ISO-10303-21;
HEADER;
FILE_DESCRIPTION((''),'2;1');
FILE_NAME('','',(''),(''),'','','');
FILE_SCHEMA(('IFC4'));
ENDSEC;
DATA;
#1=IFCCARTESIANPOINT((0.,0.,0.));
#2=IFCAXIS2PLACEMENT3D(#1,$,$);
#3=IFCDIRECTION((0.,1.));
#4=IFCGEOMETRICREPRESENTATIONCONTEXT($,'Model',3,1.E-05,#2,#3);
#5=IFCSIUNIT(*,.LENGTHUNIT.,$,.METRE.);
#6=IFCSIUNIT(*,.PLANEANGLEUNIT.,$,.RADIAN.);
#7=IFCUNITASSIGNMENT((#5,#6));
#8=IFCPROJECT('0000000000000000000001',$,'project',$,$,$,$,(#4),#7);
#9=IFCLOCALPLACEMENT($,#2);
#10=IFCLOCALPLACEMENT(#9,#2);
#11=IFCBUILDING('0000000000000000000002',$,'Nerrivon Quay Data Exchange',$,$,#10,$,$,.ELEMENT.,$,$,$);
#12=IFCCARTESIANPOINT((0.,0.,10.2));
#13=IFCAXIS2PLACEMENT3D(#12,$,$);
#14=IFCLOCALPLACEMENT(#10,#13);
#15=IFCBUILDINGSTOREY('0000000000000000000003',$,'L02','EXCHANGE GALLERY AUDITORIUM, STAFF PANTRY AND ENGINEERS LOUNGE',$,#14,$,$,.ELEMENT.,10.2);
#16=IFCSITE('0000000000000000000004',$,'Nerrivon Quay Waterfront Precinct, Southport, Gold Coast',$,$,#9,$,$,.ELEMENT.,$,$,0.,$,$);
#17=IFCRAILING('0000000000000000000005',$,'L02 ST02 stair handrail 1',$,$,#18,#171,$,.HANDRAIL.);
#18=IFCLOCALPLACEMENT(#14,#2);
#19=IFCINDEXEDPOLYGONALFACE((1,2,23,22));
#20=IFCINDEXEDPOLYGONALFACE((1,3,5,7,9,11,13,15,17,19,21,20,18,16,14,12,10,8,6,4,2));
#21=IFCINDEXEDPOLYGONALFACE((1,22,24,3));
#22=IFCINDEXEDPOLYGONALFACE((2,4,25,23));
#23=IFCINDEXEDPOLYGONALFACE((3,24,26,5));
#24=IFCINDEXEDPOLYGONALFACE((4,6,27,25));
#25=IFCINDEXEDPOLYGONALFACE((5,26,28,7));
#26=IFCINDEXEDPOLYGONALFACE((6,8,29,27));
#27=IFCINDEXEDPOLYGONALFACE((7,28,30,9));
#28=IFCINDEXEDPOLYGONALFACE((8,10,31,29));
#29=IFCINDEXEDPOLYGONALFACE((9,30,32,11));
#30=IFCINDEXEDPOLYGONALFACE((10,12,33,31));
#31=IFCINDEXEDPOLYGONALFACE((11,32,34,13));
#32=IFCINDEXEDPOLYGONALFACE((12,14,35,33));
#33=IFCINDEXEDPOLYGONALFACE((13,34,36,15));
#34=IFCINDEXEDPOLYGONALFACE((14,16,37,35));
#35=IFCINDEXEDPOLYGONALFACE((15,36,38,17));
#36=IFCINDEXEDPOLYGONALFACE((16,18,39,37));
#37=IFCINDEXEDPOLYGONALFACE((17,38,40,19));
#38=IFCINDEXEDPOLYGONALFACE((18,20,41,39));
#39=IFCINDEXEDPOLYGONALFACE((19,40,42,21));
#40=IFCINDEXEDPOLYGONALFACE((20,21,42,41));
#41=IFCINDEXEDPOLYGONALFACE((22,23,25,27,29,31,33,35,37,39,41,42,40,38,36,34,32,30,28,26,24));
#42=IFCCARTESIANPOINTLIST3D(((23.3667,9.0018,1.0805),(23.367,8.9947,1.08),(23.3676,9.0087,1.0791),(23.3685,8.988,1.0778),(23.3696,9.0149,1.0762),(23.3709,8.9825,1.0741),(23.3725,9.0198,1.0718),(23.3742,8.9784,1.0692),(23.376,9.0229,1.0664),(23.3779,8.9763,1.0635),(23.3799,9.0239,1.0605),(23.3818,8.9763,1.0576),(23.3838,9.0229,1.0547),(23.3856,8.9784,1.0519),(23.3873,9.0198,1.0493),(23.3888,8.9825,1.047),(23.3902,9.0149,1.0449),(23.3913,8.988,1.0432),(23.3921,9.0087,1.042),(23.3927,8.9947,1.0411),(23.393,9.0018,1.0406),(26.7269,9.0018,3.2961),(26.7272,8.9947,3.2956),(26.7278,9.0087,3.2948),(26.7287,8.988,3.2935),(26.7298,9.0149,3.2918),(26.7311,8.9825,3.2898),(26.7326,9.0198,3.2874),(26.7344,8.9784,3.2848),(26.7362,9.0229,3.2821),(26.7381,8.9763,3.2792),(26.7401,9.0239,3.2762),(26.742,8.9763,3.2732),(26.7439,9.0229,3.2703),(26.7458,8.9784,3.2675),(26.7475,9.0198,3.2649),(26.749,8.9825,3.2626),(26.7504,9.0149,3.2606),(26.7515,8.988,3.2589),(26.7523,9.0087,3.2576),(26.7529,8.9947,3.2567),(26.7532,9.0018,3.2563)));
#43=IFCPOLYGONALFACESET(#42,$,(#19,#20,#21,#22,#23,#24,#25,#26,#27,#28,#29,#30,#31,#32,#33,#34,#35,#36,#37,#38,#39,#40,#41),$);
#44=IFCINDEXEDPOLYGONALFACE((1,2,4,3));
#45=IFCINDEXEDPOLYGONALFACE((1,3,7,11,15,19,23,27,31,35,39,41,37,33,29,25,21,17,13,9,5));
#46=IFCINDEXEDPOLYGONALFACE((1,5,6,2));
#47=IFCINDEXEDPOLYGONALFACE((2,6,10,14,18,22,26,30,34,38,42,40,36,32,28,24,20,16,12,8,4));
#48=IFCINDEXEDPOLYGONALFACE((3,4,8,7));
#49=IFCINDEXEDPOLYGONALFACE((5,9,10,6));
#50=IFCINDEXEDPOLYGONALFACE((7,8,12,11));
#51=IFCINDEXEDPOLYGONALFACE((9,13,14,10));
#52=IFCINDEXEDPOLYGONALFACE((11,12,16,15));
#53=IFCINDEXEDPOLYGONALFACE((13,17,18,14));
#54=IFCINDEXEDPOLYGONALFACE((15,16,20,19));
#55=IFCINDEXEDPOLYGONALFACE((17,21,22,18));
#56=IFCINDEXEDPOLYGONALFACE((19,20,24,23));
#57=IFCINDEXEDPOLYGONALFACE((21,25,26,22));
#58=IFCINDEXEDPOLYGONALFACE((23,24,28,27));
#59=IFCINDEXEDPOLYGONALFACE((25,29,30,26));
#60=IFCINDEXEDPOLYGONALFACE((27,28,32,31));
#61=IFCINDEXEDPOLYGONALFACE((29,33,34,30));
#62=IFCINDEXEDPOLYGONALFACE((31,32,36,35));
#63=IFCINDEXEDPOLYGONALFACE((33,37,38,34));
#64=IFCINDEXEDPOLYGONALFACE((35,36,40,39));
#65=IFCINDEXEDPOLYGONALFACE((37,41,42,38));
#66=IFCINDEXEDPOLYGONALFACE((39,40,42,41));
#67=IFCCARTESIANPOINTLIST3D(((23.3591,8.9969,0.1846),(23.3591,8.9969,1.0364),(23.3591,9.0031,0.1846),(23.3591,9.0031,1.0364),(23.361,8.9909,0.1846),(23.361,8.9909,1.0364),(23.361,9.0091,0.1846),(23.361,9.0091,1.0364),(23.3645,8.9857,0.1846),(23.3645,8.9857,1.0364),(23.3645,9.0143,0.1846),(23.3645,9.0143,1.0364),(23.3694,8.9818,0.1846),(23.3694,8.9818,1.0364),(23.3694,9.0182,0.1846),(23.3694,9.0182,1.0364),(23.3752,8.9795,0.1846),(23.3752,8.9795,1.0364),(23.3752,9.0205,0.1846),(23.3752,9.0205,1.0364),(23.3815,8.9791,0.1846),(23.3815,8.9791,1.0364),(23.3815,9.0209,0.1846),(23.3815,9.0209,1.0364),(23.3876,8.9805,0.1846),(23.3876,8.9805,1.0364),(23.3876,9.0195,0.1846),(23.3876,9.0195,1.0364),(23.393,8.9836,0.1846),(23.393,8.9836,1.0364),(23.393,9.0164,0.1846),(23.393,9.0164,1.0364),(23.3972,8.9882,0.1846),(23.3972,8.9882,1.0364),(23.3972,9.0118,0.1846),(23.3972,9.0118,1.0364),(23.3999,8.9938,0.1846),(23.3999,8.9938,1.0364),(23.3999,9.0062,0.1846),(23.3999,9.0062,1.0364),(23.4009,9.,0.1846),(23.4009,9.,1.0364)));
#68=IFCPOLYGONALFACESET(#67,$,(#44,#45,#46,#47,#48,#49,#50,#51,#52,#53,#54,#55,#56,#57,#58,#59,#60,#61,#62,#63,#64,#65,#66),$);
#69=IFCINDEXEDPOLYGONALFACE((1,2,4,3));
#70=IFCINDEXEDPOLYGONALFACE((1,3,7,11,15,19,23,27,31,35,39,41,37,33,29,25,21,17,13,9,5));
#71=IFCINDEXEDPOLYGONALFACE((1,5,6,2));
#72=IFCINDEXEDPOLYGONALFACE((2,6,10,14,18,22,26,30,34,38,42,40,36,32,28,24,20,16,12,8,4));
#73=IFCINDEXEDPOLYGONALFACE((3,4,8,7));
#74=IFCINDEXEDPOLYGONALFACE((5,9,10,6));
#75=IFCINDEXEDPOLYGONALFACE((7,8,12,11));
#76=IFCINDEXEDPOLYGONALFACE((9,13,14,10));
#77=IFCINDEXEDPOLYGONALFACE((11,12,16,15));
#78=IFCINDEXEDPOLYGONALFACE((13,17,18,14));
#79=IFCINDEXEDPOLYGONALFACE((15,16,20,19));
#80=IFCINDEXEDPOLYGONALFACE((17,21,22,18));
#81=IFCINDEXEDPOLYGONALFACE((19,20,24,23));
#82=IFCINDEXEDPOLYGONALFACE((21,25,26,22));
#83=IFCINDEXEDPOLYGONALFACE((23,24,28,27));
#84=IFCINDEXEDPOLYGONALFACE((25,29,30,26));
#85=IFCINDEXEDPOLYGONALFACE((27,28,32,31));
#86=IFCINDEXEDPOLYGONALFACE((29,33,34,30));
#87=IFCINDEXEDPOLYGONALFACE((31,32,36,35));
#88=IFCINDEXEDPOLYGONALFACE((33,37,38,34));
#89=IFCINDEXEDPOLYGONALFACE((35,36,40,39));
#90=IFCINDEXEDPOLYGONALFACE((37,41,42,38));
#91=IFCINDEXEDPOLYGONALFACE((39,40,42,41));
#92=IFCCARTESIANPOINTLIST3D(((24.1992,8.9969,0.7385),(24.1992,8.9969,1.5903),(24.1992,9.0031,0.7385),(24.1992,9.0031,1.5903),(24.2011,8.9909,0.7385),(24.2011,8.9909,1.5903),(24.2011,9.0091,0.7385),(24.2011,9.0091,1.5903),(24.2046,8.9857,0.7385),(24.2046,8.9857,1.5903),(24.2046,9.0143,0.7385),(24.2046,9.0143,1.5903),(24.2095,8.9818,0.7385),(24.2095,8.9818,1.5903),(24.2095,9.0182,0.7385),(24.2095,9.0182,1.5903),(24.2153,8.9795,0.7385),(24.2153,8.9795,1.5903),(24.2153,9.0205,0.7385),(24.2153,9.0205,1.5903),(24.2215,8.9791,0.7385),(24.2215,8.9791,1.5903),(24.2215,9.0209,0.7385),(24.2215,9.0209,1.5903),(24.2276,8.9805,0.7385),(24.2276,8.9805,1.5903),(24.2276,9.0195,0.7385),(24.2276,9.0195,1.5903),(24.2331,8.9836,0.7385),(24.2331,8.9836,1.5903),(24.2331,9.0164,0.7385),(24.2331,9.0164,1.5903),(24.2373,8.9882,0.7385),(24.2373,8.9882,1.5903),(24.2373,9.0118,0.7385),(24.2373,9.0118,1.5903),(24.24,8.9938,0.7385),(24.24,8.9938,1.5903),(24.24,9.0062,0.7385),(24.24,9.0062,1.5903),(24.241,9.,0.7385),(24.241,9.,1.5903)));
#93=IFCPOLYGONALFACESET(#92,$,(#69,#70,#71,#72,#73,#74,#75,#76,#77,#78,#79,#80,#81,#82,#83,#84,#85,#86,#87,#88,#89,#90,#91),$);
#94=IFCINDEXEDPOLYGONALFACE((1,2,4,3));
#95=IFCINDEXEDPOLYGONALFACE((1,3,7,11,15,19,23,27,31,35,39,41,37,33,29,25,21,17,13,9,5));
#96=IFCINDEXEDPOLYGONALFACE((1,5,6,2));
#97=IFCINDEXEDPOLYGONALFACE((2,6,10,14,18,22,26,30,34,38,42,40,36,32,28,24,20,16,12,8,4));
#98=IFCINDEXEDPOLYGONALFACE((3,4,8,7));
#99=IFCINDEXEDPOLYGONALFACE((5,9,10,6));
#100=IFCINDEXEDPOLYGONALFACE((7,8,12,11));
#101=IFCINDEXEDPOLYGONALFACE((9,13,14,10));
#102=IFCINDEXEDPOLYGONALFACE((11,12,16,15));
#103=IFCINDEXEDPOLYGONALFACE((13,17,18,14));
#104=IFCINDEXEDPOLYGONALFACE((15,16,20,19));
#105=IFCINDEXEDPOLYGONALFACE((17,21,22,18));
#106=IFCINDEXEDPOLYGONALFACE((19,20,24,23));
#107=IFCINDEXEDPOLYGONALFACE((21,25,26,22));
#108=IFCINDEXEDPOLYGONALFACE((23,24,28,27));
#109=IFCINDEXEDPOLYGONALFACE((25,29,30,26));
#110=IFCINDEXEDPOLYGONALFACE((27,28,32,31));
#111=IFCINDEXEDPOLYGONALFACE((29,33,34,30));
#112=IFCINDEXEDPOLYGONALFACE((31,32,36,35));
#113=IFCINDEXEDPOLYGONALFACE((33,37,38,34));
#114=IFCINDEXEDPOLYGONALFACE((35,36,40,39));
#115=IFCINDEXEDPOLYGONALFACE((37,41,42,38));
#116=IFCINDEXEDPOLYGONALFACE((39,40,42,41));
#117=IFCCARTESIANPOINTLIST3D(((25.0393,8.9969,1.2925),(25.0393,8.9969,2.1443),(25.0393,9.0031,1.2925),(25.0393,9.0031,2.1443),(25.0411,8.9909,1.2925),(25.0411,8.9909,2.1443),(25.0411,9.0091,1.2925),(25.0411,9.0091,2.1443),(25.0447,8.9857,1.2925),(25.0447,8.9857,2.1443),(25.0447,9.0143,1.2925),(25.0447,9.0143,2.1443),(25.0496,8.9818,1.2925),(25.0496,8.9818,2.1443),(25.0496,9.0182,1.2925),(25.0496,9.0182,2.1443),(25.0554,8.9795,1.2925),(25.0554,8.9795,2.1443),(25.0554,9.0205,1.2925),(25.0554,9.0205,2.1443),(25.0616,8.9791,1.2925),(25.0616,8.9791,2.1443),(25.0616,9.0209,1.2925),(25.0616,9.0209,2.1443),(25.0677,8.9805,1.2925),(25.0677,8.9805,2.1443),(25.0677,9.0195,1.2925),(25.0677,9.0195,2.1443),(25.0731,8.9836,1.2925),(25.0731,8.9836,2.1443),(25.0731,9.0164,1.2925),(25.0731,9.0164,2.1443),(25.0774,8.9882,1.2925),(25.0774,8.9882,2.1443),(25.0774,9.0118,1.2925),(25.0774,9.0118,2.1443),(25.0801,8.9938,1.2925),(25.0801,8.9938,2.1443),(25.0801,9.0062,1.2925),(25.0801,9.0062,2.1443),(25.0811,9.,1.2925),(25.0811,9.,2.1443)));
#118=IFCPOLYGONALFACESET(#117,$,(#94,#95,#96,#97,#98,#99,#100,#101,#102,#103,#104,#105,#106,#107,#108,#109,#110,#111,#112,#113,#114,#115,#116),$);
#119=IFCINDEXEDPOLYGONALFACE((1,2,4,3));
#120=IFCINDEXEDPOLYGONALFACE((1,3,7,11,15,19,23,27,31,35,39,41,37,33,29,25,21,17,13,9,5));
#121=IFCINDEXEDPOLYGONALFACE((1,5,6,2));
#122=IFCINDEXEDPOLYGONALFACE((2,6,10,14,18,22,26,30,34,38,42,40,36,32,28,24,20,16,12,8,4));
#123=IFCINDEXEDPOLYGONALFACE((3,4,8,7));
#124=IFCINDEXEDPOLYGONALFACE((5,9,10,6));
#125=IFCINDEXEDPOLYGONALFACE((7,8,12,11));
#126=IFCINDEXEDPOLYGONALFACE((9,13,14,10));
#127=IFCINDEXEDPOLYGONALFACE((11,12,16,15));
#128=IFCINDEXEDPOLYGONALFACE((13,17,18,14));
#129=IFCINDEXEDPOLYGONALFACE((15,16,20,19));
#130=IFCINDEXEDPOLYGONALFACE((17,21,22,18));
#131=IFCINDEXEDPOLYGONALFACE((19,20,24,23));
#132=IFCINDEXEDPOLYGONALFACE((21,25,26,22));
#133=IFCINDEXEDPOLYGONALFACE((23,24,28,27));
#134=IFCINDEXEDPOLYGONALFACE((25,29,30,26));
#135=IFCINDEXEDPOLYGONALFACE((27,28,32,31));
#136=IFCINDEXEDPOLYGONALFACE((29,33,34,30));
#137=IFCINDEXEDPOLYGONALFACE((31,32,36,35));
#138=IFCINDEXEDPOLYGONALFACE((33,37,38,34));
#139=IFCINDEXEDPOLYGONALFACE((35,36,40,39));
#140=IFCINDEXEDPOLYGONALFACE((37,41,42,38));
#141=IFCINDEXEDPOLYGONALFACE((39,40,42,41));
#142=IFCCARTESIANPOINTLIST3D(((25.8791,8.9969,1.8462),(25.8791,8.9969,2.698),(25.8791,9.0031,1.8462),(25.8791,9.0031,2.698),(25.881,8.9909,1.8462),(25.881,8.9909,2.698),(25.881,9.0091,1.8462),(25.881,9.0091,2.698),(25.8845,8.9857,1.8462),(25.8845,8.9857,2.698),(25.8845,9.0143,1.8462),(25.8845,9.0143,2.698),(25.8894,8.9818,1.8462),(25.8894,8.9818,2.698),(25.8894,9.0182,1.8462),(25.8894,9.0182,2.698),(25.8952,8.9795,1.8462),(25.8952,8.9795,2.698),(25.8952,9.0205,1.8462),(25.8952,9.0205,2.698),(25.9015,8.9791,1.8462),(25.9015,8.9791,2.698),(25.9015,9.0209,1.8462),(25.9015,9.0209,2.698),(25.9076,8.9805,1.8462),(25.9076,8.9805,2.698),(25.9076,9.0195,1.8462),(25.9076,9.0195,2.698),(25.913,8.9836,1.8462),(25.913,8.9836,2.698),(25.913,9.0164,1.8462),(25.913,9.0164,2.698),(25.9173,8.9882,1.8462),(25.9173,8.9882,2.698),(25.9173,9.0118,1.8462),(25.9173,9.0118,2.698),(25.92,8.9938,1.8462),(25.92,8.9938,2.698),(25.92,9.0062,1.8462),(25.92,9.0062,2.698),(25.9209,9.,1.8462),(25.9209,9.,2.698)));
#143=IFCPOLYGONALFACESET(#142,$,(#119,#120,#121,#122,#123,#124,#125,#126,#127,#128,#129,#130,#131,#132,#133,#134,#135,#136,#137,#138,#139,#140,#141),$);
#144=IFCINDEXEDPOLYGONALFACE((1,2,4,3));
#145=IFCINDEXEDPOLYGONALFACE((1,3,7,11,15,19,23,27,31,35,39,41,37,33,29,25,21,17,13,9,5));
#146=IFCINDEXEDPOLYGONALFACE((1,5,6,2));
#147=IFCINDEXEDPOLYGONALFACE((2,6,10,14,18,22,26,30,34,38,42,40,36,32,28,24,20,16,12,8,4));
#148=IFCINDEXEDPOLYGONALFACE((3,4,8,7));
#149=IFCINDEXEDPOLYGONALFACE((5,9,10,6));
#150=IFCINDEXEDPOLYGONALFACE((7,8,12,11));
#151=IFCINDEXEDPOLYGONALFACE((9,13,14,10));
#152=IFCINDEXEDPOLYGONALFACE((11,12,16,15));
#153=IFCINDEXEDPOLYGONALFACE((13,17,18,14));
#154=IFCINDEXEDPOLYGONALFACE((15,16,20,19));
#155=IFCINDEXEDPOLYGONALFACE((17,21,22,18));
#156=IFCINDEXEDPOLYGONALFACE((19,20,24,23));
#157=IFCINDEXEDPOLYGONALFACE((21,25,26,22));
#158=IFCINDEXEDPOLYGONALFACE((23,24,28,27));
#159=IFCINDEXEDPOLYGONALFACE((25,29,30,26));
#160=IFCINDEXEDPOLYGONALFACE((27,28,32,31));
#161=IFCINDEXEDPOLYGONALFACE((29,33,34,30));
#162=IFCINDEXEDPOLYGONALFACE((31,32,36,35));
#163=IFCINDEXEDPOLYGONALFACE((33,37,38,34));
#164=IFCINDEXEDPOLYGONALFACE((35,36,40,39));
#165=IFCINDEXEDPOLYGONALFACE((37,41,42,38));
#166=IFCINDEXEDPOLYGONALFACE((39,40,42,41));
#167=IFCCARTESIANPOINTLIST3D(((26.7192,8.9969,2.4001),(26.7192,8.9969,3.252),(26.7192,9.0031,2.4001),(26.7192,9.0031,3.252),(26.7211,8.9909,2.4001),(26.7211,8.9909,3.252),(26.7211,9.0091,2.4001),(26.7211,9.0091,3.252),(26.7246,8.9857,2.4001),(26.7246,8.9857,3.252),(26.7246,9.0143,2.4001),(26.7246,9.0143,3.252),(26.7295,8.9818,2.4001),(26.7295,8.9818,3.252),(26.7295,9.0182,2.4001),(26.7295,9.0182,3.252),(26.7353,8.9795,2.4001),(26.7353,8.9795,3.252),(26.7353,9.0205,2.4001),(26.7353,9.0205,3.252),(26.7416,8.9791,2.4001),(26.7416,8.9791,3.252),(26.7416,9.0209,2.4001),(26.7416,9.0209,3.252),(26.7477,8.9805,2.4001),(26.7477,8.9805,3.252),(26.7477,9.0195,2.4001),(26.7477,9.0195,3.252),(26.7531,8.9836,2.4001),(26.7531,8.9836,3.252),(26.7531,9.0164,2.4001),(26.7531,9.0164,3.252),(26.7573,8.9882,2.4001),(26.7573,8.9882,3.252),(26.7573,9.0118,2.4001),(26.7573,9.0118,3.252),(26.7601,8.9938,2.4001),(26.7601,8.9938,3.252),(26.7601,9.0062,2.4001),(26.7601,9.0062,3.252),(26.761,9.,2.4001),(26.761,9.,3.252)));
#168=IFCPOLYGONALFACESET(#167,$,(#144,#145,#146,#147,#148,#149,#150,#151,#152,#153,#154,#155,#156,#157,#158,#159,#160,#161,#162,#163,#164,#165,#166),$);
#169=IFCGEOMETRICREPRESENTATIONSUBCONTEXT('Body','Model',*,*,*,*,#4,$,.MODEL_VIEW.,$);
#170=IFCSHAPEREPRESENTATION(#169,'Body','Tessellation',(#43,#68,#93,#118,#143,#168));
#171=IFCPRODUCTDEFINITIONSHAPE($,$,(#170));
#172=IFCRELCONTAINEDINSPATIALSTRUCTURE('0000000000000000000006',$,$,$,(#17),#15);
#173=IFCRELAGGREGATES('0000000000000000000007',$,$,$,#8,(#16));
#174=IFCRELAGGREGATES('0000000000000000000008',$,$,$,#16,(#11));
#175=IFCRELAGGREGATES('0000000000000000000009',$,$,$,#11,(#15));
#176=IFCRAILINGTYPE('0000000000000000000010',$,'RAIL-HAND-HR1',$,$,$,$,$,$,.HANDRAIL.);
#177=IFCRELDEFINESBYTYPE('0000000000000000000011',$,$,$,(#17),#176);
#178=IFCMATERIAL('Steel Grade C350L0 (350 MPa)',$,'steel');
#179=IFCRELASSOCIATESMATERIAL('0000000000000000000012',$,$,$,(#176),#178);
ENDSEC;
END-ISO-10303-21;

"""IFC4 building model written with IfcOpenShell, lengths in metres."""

from ifc_helpers import new_model, si_unit, direction, frame, origin, origin_2d, place, context, subcontext, project, spatial, circle, extrude, material, type_object, element, save


model = new_model("IFC4")

# Units and contexts
model_context = context("Model", 3, precision=1e-05, world=origin(), true_north=direction((0.0, 1.0)))
body_context = subcontext(model_context, "Body", "Model", "MODEL_VIEW")
ifc_project = project(units=[si_unit("LENGTHUNIT", "METRE"), si_unit("PLANEANGLEUNIT", "RADIAN")], contexts=[model_context])

# Site, building, storey
site_placement = place(None, origin())
site = spatial("IfcSite", under=ifc_project, at=site_placement, Name="Nerrivon Quay Waterfront Precinct, Southport, Gold Coast", CompositionType="ELEMENT", RefElevation=0.0)
building_placement = place(site_placement, origin())
building = spatial("IfcBuilding", under=site, at=building_placement, Name="Nerrivon Quay Data Exchange", CompositionType="ELEMENT")
storey_placement = place(building_placement, frame((0.0, 0.0, 10.2)))
storey = spatial("IfcBuildingStorey", under=building, at=storey_placement, Name="L02", Description="EXCHANGE GALLERY AUDITORIUM, STAFF PANTRY AND ENGINEERS LOUNGE", CompositionType="ELEMENT", Elevation=10.2)

# Railing
ifc_material_1 = material(Name="Steel Grade C350L0 (350 MPa)", Category="steel")
railing_type_1 = type_object("IfcRailingType", Name="RAIL-HAND-HR1", PredefinedType="HANDRAIL", material=ifc_material_1)
railing_1_placement = place(storey_placement, frame((23.3799, 9.0, 0.1846)))
element("IfcRailing", 1, at=railing_1_placement, inside=storey, type_object=railing_type_1, Name="L02 ST02 stair handrail 1", PredefinedType="HANDRAIL", context=body_context, shape_type="SweptSolid", body=[
    extrude(circle(Radius=0.0239, at=origin_2d()), frame((0.0, 0.0, 0.876), z_axis=(0.834849, 0.0, 0.55048), x_axis=(0.0, 1.0, 0.0)), (0.0, 0.0, 1.0), 4.0249),
    extrude(circle(Radius=0.021, at=origin_2d()), origin(), (0.0, 0.0, 1.0), 0.8518),
    extrude(circle(Radius=0.021, at=origin_2d()), frame((0.8401, 0.0, 0.554)), (0.0, 0.0, 1.0), 0.8518),
    extrude(circle(Radius=0.021, at=origin_2d()), frame((1.6802, 0.0, 1.1079)), (0.0, 0.0, 1.0), 0.8518),
    extrude(circle(Radius=0.021, at=origin_2d()), frame((2.52, 0.0, 1.6616)), (0.0, 0.0, 1.0), 0.8518),
    extrude(circle(Radius=0.021, at=origin_2d()), frame((3.3601, 0.0, 2.2156)), (0.0, 0.0, 1.0), 0.8518),
])

save(model, "model.ifc")
